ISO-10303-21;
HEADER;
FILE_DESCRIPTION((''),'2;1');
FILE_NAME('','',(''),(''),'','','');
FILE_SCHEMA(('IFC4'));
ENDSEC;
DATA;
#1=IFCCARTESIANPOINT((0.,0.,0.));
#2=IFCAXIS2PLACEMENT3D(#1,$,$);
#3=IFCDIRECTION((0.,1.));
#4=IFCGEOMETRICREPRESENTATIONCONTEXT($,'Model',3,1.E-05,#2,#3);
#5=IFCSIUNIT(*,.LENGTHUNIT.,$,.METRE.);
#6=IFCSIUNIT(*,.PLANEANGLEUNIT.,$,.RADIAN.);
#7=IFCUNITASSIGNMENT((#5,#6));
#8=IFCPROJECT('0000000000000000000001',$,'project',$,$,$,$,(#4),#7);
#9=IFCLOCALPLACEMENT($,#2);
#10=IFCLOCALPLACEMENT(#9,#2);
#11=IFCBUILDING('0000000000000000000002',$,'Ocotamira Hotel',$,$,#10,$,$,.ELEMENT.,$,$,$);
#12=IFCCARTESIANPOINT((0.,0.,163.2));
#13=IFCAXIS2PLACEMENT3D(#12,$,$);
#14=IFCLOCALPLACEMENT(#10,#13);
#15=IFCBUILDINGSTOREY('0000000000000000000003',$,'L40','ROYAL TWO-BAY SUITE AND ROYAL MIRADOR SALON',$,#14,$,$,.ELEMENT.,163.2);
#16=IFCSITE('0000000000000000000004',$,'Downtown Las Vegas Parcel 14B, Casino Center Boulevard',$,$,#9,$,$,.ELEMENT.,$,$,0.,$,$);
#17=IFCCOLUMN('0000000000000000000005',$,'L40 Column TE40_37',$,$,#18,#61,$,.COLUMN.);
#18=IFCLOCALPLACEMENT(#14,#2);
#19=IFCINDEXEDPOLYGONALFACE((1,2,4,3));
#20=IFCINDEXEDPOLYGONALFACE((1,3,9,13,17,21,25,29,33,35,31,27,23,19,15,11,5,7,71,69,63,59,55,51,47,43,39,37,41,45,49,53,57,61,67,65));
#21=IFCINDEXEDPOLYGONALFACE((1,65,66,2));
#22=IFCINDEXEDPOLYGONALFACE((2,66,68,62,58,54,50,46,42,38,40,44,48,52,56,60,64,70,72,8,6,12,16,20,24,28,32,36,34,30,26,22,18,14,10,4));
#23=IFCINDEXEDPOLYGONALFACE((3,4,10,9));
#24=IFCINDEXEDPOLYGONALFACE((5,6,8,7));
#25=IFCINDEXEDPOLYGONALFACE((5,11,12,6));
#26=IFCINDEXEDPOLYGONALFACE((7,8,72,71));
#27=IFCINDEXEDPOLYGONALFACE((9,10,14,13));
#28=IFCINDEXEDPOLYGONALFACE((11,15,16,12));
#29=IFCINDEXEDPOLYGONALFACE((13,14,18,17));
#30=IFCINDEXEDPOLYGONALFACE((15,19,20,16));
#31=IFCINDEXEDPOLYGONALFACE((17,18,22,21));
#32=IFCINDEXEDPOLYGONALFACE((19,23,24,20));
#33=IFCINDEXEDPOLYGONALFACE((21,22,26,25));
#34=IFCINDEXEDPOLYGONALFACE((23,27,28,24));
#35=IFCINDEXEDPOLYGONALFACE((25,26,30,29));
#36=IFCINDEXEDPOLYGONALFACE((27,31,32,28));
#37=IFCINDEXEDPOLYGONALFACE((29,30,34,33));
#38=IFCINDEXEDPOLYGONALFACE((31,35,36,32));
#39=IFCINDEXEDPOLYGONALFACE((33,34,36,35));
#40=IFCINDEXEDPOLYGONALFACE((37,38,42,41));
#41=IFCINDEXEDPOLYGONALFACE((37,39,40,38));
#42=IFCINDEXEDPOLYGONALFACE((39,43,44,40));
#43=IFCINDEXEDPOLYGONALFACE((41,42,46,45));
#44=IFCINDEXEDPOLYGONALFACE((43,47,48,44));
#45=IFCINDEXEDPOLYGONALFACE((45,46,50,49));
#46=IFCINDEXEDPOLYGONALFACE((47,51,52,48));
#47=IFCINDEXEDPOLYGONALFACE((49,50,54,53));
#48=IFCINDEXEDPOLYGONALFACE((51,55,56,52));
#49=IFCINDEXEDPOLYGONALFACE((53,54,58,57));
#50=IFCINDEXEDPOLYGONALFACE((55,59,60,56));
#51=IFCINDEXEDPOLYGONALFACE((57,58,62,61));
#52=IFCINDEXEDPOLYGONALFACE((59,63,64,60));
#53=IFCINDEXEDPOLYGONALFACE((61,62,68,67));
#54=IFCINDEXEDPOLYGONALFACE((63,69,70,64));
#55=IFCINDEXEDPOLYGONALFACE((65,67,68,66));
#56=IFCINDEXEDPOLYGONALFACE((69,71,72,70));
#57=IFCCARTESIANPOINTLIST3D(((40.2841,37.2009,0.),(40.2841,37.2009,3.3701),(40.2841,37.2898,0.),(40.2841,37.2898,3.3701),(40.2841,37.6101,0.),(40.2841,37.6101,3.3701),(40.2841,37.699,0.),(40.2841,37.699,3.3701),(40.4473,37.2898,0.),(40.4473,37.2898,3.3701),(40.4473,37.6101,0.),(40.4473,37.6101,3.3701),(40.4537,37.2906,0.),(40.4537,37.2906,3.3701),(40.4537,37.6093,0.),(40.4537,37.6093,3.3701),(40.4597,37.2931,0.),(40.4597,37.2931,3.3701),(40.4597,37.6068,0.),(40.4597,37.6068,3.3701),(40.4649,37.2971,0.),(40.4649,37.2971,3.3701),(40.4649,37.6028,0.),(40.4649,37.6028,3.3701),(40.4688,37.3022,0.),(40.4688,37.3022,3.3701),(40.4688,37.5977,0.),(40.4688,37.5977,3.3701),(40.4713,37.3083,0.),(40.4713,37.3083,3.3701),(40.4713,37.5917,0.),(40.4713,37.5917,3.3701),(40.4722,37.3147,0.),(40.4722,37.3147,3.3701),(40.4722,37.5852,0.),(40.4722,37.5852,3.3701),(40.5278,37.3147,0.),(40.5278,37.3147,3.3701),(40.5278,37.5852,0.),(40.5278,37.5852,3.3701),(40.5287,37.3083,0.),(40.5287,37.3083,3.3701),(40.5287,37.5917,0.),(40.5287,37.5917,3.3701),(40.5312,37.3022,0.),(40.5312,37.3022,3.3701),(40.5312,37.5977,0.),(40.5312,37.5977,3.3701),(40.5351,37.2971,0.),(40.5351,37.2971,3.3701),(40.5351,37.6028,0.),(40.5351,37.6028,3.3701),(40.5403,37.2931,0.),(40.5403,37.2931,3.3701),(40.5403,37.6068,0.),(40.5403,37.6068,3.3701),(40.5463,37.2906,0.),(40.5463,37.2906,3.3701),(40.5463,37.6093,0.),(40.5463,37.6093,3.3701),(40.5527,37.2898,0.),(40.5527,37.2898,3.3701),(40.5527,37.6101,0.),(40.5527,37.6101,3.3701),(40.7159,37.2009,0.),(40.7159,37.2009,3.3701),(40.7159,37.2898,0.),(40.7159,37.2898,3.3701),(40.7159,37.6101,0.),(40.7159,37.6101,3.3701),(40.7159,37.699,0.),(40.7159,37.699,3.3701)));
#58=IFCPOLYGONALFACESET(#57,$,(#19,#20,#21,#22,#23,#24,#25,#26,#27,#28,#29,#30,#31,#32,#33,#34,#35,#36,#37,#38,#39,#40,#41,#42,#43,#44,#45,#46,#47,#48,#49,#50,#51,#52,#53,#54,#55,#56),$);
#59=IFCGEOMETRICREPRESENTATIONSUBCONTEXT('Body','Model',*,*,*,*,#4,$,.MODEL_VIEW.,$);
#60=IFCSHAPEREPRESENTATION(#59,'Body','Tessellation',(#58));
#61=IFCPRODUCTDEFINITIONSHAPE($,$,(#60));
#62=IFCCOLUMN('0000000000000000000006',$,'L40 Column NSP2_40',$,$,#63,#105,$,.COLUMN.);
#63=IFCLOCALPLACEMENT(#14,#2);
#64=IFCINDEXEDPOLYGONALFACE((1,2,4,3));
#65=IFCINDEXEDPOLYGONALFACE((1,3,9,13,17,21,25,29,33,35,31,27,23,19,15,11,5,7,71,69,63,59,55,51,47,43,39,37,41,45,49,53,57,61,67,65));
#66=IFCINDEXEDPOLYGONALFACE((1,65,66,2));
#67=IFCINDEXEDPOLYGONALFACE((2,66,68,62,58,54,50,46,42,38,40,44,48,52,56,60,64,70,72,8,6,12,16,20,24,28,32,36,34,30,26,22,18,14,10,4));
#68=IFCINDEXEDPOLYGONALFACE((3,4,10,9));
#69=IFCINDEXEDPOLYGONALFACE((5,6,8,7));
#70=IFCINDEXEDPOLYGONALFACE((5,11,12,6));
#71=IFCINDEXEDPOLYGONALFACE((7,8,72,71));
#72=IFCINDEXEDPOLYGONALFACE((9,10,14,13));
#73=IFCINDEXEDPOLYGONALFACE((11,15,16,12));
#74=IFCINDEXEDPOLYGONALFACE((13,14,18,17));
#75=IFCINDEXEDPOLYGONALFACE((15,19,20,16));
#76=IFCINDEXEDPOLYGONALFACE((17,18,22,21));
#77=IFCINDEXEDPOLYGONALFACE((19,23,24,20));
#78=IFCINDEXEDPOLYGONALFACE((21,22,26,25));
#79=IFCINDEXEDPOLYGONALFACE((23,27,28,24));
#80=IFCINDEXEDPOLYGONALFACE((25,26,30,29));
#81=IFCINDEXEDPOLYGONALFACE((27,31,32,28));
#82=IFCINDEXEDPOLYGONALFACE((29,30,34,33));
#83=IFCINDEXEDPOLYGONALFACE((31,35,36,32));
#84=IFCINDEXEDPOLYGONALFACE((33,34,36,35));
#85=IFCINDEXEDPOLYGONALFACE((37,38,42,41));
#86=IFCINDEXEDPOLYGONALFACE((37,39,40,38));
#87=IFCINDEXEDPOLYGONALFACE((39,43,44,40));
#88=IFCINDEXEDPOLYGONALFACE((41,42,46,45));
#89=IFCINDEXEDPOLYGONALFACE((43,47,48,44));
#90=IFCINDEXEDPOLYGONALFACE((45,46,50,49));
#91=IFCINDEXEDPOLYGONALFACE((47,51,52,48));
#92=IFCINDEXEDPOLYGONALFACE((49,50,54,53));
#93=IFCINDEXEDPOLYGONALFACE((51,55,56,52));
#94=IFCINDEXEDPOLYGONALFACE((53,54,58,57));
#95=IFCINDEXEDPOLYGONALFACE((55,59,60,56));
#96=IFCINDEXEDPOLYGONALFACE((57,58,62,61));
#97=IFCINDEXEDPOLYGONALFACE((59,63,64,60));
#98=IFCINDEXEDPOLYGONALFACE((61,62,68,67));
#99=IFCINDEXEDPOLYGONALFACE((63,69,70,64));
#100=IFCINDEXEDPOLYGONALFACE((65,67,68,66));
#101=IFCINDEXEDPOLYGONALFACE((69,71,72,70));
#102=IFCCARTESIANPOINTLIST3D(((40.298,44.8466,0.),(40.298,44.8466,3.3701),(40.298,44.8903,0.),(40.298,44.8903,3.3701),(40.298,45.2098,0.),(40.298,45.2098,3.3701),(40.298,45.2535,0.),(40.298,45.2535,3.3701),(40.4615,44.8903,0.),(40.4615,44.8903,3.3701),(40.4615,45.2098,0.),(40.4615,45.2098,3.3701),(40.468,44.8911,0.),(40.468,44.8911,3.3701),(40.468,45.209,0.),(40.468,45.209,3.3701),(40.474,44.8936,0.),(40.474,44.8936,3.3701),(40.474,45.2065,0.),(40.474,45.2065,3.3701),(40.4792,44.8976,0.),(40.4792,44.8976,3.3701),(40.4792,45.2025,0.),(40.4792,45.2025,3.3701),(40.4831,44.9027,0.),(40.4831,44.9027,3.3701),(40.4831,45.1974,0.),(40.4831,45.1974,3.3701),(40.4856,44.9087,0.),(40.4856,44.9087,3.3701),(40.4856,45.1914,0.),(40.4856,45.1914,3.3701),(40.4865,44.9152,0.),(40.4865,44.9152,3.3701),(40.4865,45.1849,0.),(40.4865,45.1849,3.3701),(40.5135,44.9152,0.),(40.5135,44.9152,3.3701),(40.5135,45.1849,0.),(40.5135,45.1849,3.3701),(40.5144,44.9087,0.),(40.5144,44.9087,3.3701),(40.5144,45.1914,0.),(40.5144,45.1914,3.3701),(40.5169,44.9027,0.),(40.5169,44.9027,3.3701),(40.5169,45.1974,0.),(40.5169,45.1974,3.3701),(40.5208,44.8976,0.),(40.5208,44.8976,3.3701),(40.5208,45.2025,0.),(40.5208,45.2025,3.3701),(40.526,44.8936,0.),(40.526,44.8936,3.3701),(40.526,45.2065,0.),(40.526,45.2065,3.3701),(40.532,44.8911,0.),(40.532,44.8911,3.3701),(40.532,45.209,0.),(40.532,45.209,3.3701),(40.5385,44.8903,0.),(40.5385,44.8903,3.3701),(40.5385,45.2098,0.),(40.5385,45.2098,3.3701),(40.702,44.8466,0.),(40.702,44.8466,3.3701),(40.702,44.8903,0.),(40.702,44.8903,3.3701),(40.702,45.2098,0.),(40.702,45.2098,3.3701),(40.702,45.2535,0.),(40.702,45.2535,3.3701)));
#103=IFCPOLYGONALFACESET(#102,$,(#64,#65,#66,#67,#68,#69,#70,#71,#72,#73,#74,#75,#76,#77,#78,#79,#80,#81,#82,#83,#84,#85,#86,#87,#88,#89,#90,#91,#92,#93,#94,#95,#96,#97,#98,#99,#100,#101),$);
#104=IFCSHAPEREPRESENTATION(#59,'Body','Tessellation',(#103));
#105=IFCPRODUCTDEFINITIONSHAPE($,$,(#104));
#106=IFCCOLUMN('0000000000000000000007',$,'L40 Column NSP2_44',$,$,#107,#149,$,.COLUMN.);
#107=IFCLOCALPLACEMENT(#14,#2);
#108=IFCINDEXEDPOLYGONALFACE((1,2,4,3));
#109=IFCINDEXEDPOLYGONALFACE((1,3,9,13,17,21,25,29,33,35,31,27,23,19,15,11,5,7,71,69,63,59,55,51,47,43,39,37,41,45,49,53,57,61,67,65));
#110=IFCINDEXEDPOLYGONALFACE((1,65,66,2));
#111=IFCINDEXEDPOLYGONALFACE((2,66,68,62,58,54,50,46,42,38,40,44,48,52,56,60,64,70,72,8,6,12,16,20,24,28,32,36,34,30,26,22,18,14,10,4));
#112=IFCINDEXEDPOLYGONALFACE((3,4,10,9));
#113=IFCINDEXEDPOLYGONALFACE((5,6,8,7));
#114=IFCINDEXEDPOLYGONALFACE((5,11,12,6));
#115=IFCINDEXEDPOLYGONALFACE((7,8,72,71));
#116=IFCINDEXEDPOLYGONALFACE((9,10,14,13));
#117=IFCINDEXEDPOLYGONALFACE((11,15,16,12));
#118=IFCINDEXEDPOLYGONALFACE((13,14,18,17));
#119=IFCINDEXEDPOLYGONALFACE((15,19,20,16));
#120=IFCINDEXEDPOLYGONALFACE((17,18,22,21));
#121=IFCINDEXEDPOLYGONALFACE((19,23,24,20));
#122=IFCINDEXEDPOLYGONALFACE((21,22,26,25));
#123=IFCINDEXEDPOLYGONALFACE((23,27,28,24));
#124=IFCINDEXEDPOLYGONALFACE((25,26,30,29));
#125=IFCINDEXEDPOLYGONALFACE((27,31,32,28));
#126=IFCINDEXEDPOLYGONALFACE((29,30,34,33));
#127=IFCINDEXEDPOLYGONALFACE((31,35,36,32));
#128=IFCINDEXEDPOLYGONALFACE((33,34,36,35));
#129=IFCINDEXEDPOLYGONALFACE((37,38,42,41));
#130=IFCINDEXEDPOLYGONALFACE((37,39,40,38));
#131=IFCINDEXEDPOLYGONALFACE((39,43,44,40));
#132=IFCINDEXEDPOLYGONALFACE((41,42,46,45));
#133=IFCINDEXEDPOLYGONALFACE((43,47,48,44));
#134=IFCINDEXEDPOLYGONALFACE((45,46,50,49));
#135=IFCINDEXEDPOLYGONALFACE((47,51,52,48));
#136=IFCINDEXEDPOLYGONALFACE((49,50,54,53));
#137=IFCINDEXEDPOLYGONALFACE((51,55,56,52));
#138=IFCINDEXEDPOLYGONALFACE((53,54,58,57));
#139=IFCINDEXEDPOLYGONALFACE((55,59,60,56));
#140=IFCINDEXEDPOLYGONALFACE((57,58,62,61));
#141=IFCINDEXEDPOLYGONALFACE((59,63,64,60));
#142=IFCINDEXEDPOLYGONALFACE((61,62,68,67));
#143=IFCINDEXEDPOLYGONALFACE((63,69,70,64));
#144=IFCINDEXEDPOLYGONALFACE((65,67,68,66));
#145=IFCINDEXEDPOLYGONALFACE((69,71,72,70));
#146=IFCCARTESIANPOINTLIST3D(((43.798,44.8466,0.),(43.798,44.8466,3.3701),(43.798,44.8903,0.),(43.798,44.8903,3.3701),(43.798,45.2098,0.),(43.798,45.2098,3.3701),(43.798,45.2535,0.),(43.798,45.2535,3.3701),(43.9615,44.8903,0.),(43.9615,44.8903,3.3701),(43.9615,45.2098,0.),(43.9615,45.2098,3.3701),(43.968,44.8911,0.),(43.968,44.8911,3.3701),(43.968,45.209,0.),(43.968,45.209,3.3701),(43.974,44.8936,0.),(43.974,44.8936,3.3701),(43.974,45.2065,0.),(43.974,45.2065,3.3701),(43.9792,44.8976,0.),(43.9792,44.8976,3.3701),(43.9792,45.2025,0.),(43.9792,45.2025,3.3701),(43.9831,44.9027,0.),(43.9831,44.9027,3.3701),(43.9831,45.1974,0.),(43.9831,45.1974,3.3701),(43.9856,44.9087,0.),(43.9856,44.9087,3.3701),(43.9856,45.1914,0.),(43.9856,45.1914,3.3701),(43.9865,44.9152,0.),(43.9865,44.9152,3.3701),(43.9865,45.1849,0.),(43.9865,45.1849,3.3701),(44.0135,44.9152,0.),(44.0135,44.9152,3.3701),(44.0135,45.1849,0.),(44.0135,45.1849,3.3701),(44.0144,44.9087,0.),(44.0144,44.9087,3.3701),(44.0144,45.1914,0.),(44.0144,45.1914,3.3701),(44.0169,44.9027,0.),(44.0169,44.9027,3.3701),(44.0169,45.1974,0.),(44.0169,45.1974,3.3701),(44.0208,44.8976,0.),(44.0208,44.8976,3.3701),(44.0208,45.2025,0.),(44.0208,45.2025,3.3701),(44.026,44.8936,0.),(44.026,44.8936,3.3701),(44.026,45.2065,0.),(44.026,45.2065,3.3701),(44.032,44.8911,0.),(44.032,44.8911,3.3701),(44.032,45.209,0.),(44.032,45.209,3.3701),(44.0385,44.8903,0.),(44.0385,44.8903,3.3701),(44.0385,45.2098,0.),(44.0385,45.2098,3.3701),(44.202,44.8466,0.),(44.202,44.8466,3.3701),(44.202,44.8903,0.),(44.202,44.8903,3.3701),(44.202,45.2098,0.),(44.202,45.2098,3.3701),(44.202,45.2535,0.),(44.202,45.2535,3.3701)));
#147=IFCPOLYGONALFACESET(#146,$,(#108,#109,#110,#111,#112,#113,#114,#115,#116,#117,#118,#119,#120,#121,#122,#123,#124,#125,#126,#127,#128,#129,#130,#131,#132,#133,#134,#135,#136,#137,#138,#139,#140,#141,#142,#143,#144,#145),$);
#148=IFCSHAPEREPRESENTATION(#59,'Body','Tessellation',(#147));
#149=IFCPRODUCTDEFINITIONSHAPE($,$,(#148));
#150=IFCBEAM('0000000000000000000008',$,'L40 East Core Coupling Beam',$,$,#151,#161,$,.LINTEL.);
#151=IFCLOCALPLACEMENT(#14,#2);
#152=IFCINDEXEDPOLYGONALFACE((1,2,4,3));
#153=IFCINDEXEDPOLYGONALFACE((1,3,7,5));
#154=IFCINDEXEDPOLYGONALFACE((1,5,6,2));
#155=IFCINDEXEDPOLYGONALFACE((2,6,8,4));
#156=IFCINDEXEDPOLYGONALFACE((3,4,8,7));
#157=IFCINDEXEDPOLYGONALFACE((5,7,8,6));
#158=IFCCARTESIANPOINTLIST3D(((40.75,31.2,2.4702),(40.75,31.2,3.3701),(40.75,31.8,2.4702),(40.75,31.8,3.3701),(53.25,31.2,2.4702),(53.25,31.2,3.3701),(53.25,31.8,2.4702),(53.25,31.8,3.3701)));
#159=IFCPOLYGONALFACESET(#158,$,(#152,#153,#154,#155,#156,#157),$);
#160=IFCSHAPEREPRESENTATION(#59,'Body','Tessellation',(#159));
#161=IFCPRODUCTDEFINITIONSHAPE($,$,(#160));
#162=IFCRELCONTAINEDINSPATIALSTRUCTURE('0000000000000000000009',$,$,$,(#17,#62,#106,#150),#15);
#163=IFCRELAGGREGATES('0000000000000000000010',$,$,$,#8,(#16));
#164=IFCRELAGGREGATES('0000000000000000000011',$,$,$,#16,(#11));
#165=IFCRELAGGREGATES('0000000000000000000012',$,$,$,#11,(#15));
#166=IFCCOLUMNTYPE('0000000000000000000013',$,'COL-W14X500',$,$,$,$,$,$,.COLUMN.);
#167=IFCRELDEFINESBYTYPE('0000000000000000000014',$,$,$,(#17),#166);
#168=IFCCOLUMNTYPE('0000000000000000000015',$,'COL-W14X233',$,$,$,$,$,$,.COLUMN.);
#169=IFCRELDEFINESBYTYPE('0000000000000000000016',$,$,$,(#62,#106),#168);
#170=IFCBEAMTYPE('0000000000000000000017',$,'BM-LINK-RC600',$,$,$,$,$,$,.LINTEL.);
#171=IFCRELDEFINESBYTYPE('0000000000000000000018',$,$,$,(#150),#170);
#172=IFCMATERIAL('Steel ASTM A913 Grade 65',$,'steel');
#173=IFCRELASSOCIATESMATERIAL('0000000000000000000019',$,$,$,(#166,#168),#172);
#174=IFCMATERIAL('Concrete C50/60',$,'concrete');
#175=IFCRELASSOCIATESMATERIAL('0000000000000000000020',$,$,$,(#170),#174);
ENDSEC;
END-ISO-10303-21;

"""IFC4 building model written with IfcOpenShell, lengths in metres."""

from ifc_helpers import new_model, si_unit, direction, frame, origin, origin_2d, place, context, subcontext, project, spatial, rectangle, i_section, extrude, source, transform, mapped, material, material_profile, profile_set, type_object, element, save


model = new_model("IFC4")

# Units and contexts
model_context = context("Model", 3, precision=1e-05, world=origin(), true_north=direction((0.0, 1.0)))
body_context = subcontext(model_context, "Body", "Model", "MODEL_VIEW")
ifc_project = project(units=[si_unit("LENGTHUNIT", "METRE"), si_unit("PLANEANGLEUNIT", "RADIAN")], contexts=[model_context])

# Site, building, storey
site_placement = place(None, origin())
site = spatial("IfcSite", under=ifc_project, at=site_placement, Name="Downtown Las Vegas Parcel 14B, Casino Center Boulevard", CompositionType="ELEMENT", RefElevation=0.0)
building_placement = place(site_placement, origin())
building = spatial("IfcBuilding", under=site, at=building_placement, Name="Ocotamira Hotel", CompositionType="ELEMENT")
storey_placement = place(building_placement, frame((0.0, 0.0, 163.2)))
storey = spatial("IfcBuildingStorey", under=building, at=storey_placement, Name="L40", Description="ROYAL TWO-BAY SUITE AND ROYAL MIRADOR SALON", CompositionType="ELEMENT", Elevation=163.2)

# Columns
ifc_material_1 = material(Name="Steel ASTM A913 Grade 65", Category="steel")
ifc_material_profile_1 = material_profile(ifc_material_1, i_section(OverallWidth=0.4319, OverallDepth=0.498, WebThickness=0.0557, FlangeThickness=0.0889, FilletRadius=0.0249, at=origin_2d()), Name="W14X500")
ifc_profile_set_1 = profile_set([ifc_material_profile_1], Name="Steel ASTM A913 Grade 65")
column_type_1 = type_object("IfcColumnType", Name="COL-W14X500", PredefinedType="COLUMN", material=ifc_profile_set_1)
shared_shape_1 = source(origin(), body_context, "Body", "SweptSolid", [
    extrude(i_section(OverallWidth=0.4319, OverallDepth=0.498, WebThickness=0.0557, FlangeThickness=0.0889, FilletRadius=0.0249, at=origin_2d()), origin(), (0.0, 0.0, 1.0), 3.3701),
])
column_placement = place(storey_placement, frame((40.5, 37.45, 0.0), z_axis=(0.0, 0.0, 1.0), x_axis=(1.0, 0.0, 0.0)))
element("IfcColumn", 1, at=column_placement, inside=storey, type_object=column_type_1, Name="L40 Column TE40_37", PredefinedType="COLUMN", context=body_context, shape_type="MappedRepresentation", body=[
    mapped(shared_shape_1, transform((0.0, 0.0, 0.0), scale=1.0)),
])
ifc_material_profile_2 = material_profile(ifc_material_1, i_section(OverallWidth=0.4041, OverallDepth=0.407, WebThickness=0.0271, FlangeThickness=0.0437, FilletRadius=0.0249, at=origin_2d()), Name="W14X233")
ifc_profile_set_2 = profile_set([ifc_material_profile_2], Name="Steel ASTM A913 Grade 65")
column_type_2 = type_object("IfcColumnType", Name="COL-W14X233", PredefinedType="COLUMN", material=ifc_profile_set_2)
shared_shape_2 = source(origin(), body_context, "Body", "SweptSolid", [
    extrude(i_section(OverallWidth=0.4041, OverallDepth=0.407, WebThickness=0.0271, FlangeThickness=0.0437, FilletRadius=0.0249, at=origin_2d()), origin(), (0.0, 0.0, 1.0), 3.3701),
])
for number, where, z_axis, x_axis, name in (
    (2, (40.5, 45.05, 0.0), (0.0, 0.0, 1.0), (1.0, 0.0, 0.0), "L40 Column NSP2_40"),
    (3, (44.0, 45.05, 0.0), (0.0, 0.0, 1.0), (1.0, 0.0, 0.0), "L40 Column NSP2_44"),
):
    element("IfcColumn", number, at=place(storey_placement, frame(where, z_axis=z_axis, x_axis=x_axis)), inside=storey, type_object=column_type_2, Name=name, PredefinedType="COLUMN", context=body_context, shape_type="MappedRepresentation", body=[
        mapped(shared_shape_2, transform((0.0, 0.0, 0.0), scale=1.0)),
    ])

# Beam
ifc_material_2 = material(Name="Concrete C50/60", Category="concrete")
ifc_material_profile_3 = material_profile(ifc_material_2, rectangle(XDim=0.6001, YDim=0.8999, at=origin_2d()), Name="RC600X900")
ifc_profile_set_3 = profile_set([ifc_material_profile_3], Name="Concrete C50/60")
beam_type_1 = type_object("IfcBeamType", Name="BM-LINK-RC600", PredefinedType="LINTEL", material=ifc_profile_set_3)
shared_shape_3 = source(origin(), body_context, "Body", "SweptSolid", [
    extrude(rectangle(XDim=0.6001, YDim=0.8999, at=origin_2d()), origin(), (0.0, 0.0, 1.0), 12.5),
])
beam_1_placement = place(storey_placement, frame((40.75, 31.5, 2.9202), z_axis=(1.0, 0.0, 0.0), x_axis=(0.0, 1.0, 0.0)))
element("IfcBeam", 4, at=beam_1_placement, inside=storey, type_object=beam_type_1, Name="L40 East Core Coupling Beam", PredefinedType="LINTEL", context=body_context, shape_type="MappedRepresentation", body=[
    mapped(shared_shape_3, transform((0.0, 0.0, 0.0), scale=1.0)),
])

save(model, "model.ifc")
